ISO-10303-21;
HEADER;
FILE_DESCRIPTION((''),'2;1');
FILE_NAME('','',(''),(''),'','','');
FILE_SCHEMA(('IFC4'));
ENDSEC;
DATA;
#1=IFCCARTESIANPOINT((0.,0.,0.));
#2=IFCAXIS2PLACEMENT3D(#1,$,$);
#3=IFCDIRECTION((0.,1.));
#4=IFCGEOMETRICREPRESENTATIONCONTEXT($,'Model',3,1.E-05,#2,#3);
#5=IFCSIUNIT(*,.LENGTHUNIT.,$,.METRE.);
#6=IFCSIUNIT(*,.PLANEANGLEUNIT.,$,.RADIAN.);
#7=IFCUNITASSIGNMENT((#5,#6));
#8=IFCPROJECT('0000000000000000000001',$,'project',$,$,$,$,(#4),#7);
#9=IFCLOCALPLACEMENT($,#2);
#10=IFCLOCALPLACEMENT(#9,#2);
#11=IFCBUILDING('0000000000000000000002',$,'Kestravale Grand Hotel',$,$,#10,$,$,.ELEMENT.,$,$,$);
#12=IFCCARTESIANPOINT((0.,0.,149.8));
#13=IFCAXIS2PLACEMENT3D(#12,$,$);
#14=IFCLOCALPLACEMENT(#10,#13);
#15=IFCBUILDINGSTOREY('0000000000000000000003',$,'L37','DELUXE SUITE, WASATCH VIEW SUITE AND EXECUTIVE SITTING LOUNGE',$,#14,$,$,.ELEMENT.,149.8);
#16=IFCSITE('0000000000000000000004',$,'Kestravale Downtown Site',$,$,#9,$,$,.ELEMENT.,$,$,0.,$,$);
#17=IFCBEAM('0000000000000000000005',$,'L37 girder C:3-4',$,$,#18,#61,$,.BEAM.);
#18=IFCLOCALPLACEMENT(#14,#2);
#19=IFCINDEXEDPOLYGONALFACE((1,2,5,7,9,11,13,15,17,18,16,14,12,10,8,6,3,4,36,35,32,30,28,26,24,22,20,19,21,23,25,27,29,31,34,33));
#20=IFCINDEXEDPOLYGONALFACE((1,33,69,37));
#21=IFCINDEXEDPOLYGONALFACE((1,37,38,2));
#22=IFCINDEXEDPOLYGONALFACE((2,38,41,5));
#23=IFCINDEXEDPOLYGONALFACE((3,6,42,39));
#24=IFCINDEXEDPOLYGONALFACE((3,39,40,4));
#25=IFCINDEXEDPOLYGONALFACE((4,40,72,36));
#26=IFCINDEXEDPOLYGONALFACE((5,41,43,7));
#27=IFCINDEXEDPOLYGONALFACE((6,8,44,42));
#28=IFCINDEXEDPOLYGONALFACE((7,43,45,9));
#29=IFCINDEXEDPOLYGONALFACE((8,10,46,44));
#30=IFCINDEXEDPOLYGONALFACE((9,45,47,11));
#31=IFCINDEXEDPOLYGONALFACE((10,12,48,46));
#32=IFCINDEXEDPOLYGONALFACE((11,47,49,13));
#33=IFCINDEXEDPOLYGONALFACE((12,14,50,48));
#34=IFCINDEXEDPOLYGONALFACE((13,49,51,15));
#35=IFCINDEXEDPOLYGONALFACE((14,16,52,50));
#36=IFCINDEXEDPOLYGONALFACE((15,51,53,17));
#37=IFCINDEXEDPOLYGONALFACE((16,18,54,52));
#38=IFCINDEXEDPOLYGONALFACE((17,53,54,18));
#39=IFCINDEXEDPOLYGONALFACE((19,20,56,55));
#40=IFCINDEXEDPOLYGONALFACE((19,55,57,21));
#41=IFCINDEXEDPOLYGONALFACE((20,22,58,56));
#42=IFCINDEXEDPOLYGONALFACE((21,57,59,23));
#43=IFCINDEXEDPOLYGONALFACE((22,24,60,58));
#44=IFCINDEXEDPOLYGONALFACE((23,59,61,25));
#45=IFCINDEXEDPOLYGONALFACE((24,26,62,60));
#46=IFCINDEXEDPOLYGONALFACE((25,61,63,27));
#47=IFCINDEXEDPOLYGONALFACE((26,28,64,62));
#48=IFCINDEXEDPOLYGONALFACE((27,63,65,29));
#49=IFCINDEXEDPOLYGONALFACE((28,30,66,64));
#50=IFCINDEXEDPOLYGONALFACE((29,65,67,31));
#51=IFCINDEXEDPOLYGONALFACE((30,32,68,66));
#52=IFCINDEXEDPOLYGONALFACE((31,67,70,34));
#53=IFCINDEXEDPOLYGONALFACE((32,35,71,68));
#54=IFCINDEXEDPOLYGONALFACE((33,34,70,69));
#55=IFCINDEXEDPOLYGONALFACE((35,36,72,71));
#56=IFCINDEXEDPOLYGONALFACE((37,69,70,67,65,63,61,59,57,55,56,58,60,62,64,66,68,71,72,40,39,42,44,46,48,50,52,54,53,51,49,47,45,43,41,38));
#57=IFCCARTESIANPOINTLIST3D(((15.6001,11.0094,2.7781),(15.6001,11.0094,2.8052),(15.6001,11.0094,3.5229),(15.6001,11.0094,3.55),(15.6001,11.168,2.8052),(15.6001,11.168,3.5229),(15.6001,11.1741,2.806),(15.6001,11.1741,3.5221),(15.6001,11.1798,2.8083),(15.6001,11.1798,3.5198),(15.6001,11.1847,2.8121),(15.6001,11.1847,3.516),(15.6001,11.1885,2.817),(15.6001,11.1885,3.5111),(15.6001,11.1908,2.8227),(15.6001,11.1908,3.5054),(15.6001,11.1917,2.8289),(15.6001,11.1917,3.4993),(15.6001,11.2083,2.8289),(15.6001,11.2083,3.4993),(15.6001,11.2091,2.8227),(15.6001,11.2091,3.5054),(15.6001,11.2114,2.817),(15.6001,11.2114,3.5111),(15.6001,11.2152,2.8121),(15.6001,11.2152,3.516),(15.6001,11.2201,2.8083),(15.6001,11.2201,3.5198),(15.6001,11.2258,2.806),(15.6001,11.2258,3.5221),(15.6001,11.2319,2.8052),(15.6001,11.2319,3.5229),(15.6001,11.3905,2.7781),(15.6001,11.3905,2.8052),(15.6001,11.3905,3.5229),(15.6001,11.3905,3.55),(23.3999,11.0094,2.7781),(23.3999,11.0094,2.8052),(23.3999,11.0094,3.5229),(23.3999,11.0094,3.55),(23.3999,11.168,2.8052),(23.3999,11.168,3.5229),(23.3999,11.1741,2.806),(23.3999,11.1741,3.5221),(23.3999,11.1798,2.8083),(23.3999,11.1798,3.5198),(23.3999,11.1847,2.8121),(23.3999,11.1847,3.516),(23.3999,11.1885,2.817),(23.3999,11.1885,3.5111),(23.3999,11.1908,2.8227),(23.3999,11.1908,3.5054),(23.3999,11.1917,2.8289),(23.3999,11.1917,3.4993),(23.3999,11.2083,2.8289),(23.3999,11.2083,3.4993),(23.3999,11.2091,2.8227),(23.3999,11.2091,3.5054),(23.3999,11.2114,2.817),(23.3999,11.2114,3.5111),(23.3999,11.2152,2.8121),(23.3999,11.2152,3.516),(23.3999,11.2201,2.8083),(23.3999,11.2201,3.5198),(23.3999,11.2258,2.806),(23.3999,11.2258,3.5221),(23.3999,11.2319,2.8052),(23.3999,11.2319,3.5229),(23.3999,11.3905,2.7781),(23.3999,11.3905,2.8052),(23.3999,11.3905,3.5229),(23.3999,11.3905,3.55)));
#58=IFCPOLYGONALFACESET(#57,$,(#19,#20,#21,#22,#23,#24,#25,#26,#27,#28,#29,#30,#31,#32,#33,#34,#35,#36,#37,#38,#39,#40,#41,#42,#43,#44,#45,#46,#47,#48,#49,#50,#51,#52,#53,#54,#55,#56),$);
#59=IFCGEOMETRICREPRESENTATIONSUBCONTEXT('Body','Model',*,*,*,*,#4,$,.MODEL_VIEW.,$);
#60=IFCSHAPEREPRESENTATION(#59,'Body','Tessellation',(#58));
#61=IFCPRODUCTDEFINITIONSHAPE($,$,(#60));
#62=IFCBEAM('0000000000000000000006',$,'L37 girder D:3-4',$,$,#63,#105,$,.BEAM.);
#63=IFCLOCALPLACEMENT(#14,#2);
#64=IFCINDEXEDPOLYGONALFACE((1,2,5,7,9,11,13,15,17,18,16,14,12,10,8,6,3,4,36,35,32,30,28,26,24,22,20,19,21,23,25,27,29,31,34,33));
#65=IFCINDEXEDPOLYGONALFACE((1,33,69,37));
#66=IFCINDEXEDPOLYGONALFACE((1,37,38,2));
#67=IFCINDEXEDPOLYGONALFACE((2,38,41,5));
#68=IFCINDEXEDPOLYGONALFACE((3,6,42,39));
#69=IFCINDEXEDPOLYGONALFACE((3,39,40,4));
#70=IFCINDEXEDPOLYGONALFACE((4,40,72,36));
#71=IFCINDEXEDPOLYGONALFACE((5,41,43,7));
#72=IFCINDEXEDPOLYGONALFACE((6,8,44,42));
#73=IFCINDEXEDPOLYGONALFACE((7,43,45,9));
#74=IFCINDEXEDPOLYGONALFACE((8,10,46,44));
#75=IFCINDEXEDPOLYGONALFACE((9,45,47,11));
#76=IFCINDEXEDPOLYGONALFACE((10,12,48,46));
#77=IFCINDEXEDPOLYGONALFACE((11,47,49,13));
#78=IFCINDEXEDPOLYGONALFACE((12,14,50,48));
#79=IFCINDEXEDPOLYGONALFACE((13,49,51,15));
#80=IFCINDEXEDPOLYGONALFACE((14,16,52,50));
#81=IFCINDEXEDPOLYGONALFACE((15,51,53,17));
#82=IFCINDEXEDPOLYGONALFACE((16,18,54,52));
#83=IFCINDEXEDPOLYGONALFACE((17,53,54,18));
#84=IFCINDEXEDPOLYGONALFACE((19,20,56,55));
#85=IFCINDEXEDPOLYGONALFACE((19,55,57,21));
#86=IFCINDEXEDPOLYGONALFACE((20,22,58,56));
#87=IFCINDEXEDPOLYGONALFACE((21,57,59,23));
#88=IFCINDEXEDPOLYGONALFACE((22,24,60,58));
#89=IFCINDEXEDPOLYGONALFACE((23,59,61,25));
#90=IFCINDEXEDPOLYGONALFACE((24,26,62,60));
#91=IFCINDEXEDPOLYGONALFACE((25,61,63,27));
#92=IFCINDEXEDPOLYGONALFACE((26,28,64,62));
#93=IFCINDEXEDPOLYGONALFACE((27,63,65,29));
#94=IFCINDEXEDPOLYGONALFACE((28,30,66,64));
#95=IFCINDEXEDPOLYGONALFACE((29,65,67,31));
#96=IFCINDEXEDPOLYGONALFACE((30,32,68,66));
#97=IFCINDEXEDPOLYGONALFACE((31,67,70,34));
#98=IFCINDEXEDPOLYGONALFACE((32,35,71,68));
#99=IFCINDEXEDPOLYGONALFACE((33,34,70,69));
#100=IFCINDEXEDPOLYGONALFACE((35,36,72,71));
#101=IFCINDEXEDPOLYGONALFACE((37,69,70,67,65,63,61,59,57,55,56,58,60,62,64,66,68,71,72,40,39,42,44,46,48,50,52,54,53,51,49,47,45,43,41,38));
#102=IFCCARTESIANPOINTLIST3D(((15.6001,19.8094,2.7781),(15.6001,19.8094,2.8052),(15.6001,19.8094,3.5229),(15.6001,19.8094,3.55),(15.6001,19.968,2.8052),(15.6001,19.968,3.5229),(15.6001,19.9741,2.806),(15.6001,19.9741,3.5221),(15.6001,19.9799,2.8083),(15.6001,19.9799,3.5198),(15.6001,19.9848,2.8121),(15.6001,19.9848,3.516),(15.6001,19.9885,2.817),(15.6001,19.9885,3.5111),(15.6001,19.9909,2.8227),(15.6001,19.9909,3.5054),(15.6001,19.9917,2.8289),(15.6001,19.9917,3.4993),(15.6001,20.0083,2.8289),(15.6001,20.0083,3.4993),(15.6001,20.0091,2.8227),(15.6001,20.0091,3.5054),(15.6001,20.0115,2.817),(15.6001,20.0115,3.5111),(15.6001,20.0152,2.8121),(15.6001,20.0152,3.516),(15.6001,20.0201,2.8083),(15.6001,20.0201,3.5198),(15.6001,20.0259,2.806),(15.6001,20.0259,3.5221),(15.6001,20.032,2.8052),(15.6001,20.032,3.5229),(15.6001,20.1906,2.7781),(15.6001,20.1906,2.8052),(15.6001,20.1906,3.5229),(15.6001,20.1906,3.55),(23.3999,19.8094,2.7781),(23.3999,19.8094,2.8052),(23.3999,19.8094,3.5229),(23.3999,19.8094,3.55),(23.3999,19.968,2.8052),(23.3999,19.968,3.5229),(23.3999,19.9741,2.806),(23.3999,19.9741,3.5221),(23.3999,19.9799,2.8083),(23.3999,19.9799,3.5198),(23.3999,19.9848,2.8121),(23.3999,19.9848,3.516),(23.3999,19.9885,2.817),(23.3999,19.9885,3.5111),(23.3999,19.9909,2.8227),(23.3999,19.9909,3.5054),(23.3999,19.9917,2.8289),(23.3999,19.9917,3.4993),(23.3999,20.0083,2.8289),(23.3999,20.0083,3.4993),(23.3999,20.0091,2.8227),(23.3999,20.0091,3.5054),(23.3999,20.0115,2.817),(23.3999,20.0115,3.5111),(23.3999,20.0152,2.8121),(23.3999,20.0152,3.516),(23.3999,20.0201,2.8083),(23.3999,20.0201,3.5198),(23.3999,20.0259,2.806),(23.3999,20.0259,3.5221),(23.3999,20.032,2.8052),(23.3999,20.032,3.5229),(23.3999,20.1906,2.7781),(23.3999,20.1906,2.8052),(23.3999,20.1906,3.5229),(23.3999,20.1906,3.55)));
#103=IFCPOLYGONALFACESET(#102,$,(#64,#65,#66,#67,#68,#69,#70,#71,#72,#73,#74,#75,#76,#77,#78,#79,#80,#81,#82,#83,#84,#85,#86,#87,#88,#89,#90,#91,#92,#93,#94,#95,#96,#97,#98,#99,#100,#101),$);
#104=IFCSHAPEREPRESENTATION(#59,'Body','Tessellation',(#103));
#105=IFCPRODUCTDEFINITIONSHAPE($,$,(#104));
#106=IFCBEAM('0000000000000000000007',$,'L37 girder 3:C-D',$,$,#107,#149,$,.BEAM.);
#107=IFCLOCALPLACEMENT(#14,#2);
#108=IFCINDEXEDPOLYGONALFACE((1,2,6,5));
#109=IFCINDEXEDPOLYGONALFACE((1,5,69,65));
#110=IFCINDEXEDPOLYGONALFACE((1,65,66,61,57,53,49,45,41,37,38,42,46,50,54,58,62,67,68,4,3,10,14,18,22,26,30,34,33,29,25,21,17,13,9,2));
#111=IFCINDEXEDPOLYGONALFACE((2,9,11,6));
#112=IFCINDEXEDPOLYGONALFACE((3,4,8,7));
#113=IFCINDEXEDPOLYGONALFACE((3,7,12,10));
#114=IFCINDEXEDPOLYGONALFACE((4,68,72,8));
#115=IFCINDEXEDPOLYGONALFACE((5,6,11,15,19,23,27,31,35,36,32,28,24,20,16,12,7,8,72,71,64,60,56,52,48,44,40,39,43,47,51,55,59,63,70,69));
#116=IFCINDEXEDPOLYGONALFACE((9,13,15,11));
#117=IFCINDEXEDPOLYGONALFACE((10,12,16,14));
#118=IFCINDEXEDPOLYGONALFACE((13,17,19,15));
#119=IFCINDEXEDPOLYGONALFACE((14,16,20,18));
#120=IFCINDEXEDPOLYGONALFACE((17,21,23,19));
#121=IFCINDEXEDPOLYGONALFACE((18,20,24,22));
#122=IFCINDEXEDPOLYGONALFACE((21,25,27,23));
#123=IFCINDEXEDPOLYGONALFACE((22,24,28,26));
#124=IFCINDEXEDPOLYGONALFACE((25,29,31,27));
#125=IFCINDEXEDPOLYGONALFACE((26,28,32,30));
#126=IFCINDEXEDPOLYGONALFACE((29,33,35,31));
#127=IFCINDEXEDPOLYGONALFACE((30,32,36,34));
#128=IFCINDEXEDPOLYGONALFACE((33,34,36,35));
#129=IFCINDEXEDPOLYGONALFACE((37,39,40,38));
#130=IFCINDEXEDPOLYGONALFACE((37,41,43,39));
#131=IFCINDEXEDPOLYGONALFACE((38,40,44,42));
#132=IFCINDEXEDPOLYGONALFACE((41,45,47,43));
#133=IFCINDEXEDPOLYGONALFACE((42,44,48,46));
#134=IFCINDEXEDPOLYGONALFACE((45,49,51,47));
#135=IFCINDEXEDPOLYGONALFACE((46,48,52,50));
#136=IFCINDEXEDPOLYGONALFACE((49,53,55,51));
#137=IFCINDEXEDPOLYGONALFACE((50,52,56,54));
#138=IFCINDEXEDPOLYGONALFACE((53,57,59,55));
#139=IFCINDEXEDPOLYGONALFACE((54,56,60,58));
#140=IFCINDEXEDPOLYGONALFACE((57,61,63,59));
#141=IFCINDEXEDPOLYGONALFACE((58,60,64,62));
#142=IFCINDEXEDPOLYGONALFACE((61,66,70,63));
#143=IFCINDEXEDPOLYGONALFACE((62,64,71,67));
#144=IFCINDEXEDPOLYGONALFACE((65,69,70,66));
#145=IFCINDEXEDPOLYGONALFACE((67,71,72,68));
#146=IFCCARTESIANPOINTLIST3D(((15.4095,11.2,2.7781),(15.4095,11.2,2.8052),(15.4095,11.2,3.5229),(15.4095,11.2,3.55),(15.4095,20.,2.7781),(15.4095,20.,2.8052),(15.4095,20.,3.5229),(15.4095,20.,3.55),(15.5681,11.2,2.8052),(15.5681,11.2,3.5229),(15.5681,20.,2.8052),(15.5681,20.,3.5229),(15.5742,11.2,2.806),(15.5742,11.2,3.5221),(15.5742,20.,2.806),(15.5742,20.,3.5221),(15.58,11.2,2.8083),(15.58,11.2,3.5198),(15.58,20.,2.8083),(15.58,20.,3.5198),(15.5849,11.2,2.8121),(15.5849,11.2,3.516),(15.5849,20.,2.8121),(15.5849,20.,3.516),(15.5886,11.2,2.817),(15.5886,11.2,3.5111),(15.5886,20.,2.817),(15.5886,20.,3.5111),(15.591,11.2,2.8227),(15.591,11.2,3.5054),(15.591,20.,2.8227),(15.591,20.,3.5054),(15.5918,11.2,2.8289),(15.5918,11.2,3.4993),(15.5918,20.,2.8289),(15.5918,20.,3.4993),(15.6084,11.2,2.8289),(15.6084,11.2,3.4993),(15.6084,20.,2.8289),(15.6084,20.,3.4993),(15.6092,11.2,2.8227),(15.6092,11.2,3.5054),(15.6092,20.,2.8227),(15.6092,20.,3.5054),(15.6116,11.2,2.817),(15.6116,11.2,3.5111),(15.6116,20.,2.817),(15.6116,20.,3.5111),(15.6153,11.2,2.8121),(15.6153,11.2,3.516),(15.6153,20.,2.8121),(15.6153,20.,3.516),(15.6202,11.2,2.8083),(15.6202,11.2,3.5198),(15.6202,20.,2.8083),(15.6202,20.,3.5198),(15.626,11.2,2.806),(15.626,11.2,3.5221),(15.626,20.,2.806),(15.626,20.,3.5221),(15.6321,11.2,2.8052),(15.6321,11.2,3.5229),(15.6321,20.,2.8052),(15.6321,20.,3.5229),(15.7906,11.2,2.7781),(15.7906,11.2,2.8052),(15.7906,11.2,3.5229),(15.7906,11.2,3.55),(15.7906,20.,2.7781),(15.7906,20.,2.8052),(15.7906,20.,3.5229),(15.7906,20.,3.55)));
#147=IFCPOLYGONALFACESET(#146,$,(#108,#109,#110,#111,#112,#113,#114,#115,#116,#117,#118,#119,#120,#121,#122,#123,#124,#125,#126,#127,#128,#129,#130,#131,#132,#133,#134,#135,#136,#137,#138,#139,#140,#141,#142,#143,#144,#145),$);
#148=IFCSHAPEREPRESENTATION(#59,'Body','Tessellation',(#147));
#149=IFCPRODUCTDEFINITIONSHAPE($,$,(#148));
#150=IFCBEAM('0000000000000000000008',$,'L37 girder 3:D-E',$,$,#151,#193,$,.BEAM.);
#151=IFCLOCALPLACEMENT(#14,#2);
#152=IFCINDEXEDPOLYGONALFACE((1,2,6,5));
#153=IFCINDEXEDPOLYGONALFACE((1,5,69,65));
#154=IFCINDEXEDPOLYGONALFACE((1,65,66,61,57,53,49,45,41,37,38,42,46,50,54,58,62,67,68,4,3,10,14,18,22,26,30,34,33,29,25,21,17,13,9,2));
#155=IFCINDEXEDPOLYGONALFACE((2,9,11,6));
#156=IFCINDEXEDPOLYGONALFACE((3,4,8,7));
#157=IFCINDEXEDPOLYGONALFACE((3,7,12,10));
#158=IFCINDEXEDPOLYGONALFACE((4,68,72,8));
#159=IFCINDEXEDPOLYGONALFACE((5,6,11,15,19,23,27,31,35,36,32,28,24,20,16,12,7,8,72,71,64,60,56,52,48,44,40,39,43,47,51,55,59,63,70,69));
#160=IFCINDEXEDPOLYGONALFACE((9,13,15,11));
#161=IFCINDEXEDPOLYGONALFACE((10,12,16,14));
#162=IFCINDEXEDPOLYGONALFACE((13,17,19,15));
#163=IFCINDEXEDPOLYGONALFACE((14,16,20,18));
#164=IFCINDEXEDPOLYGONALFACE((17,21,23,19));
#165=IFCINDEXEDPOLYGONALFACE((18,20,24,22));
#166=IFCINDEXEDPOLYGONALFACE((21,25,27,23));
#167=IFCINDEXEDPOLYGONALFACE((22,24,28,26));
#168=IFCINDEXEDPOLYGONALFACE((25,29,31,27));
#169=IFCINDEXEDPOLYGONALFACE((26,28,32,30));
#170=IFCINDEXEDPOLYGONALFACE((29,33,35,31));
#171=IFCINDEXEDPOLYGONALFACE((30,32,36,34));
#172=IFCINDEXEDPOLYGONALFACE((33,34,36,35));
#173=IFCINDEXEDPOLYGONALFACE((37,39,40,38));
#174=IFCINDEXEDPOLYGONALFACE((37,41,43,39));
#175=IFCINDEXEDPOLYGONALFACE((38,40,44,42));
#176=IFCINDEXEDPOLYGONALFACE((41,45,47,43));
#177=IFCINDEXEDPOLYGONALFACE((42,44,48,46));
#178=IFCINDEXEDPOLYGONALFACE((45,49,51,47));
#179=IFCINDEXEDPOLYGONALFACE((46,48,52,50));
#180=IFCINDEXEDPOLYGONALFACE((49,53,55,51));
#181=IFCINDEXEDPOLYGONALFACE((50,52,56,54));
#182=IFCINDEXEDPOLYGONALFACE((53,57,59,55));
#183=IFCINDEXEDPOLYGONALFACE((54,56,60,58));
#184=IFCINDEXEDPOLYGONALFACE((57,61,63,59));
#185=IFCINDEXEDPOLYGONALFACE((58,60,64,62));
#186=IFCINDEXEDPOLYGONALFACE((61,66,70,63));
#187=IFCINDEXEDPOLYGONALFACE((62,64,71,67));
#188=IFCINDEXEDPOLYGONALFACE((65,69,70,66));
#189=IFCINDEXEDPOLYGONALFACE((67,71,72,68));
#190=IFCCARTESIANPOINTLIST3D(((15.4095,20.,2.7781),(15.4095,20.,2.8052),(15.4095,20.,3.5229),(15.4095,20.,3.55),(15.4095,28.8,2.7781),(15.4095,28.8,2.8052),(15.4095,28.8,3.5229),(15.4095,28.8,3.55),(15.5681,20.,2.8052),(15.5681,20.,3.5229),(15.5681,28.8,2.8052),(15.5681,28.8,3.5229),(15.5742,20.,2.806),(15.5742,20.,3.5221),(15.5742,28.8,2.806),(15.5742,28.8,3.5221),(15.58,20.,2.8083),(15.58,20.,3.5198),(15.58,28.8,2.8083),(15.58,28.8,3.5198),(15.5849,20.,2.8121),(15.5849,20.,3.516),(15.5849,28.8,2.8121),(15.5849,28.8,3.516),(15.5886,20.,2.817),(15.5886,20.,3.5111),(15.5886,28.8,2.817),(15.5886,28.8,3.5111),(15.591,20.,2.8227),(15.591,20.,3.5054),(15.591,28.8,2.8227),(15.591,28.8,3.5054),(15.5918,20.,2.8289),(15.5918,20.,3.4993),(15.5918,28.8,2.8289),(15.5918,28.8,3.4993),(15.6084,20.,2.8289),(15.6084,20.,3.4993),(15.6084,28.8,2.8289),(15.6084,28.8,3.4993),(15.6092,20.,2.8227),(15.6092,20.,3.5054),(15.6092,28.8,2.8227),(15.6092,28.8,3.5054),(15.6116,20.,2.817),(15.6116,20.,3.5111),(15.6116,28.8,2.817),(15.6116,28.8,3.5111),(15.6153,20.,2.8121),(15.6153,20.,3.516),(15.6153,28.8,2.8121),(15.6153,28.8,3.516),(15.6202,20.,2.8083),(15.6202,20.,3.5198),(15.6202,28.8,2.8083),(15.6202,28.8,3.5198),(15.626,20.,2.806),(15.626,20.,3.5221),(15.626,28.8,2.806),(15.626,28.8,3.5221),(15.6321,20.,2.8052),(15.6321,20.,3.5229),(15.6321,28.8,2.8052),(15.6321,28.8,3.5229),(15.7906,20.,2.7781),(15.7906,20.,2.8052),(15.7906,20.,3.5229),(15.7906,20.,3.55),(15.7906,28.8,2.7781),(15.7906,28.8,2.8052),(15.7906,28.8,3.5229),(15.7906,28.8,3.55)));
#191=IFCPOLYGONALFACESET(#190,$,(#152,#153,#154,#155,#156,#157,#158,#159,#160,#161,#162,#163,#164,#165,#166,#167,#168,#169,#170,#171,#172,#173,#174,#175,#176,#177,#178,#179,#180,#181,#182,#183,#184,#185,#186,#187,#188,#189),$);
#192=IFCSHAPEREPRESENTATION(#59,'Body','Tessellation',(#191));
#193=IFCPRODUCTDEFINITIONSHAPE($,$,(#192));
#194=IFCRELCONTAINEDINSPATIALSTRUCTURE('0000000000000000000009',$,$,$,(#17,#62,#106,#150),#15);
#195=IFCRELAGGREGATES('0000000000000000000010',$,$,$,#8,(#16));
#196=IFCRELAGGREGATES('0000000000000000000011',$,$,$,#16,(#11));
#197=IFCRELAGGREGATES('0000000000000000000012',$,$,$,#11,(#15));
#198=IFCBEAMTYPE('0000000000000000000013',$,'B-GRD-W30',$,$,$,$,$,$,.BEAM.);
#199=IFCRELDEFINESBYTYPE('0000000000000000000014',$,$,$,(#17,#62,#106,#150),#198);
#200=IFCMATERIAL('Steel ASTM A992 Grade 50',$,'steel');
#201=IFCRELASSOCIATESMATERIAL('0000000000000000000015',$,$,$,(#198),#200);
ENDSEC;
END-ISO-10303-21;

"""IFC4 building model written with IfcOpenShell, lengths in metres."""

from ifc_helpers import new_model, si_unit, direction, frame, origin, origin_2d, place, context, subcontext, project, spatial, i_section, extrude, material, material_profile, profile_set, type_object, element, save


model = new_model("IFC4")

# Units and contexts
model_context = context("Model", 3, precision=1e-05, world=origin(), true_north=direction((0.0, 1.0)))
body_context = subcontext(model_context, "Body", "Model", "MODEL_VIEW")
ifc_project = project(units=[si_unit("LENGTHUNIT", "METRE"), si_unit("PLANEANGLEUNIT", "RADIAN")], contexts=[model_context])

# Site, building, storey
site_placement = place(None, origin())
site = spatial("IfcSite", under=ifc_project, at=site_placement, Name="Kestravale Downtown Site", CompositionType="ELEMENT", RefElevation=0.0)
building_placement = place(site_placement, origin())
building = spatial("IfcBuilding", under=site, at=building_placement, Name="Kestravale Grand Hotel", CompositionType="ELEMENT")
storey_placement = place(building_placement, frame((0.0, 0.0, 149.8)))
storey = spatial("IfcBuildingStorey", under=building, at=storey_placement, Name="L37", Description="DELUXE SUITE, WASATCH VIEW SUITE AND EXECUTIVE SITTING LOUNGE", CompositionType="ELEMENT", Elevation=149.8)

# Beams
ifc_material_1 = material(Name="Steel ASTM A992 Grade 50", Category="steel")
ifc_material_profile_1 = material_profile(ifc_material_1, i_section(OverallWidth=0.3811, OverallDepth=0.772, WebThickness=0.0166, FlangeThickness=0.0271, FilletRadius=0.0237, at=origin_2d()))
ifc_profile_set_1 = profile_set([ifc_material_profile_1], Name="Steel ASTM A992 Grade 50")
beam_type_1 = type_object("IfcBeamType", Name="B-GRD-W30", PredefinedType="BEAM", material=ifc_profile_set_1)
for number, where, z_axis, x_axis, name in (
    (1, (15.6001, 11.2, 3.1641), (1.0, 0.0, 0.0), (0.0, 1.0, 0.0), "L37 girder C:3-4"),
    (2, (15.6001, 20.0, 3.1641), (1.0, 0.0, 0.0), (0.0, 1.0, 0.0), "L37 girder D:3-4"),
):
    element("IfcBeam", number, at=place(storey_placement, frame(where, z_axis=z_axis, x_axis=x_axis)), inside=storey, type_object=beam_type_1, Name=name, PredefinedType="BEAM", context=body_context, shape_type="SweptSolid", body=[
        extrude(i_section(OverallWidth=0.3811, OverallDepth=0.772, WebThickness=0.0166, FlangeThickness=0.0271, FilletRadius=0.0237, at=origin_2d()), origin(), (0.0, 0.0, 1.0), 7.7998),
    ])
for number, where, z_axis, x_axis, name in (
    (3, (15.6001, 11.2, 3.1641), (0.0, 1.0, 0.0), (-1.0, 0.0, 0.0), "L37 girder 3:C-D"),
    (4, (15.6001, 20.0, 3.1641), (0.0, 1.0, 0.0), (-1.0, 0.0, 0.0), "L37 girder 3:D-E"),
):
    element("IfcBeam", number, at=place(storey_placement, frame(where, z_axis=z_axis, x_axis=x_axis)), inside=storey, type_object=beam_type_1, Name=name, PredefinedType="BEAM", context=body_context, shape_type="SweptSolid", body=[
        extrude(i_section(OverallWidth=0.3811, OverallDepth=0.772, WebThickness=0.0166, FlangeThickness=0.0271, FilletRadius=0.0237, at=origin_2d()), origin(), (0.0, 0.0, 1.0), 8.8),
    ])

save(model, "model.ifc")
